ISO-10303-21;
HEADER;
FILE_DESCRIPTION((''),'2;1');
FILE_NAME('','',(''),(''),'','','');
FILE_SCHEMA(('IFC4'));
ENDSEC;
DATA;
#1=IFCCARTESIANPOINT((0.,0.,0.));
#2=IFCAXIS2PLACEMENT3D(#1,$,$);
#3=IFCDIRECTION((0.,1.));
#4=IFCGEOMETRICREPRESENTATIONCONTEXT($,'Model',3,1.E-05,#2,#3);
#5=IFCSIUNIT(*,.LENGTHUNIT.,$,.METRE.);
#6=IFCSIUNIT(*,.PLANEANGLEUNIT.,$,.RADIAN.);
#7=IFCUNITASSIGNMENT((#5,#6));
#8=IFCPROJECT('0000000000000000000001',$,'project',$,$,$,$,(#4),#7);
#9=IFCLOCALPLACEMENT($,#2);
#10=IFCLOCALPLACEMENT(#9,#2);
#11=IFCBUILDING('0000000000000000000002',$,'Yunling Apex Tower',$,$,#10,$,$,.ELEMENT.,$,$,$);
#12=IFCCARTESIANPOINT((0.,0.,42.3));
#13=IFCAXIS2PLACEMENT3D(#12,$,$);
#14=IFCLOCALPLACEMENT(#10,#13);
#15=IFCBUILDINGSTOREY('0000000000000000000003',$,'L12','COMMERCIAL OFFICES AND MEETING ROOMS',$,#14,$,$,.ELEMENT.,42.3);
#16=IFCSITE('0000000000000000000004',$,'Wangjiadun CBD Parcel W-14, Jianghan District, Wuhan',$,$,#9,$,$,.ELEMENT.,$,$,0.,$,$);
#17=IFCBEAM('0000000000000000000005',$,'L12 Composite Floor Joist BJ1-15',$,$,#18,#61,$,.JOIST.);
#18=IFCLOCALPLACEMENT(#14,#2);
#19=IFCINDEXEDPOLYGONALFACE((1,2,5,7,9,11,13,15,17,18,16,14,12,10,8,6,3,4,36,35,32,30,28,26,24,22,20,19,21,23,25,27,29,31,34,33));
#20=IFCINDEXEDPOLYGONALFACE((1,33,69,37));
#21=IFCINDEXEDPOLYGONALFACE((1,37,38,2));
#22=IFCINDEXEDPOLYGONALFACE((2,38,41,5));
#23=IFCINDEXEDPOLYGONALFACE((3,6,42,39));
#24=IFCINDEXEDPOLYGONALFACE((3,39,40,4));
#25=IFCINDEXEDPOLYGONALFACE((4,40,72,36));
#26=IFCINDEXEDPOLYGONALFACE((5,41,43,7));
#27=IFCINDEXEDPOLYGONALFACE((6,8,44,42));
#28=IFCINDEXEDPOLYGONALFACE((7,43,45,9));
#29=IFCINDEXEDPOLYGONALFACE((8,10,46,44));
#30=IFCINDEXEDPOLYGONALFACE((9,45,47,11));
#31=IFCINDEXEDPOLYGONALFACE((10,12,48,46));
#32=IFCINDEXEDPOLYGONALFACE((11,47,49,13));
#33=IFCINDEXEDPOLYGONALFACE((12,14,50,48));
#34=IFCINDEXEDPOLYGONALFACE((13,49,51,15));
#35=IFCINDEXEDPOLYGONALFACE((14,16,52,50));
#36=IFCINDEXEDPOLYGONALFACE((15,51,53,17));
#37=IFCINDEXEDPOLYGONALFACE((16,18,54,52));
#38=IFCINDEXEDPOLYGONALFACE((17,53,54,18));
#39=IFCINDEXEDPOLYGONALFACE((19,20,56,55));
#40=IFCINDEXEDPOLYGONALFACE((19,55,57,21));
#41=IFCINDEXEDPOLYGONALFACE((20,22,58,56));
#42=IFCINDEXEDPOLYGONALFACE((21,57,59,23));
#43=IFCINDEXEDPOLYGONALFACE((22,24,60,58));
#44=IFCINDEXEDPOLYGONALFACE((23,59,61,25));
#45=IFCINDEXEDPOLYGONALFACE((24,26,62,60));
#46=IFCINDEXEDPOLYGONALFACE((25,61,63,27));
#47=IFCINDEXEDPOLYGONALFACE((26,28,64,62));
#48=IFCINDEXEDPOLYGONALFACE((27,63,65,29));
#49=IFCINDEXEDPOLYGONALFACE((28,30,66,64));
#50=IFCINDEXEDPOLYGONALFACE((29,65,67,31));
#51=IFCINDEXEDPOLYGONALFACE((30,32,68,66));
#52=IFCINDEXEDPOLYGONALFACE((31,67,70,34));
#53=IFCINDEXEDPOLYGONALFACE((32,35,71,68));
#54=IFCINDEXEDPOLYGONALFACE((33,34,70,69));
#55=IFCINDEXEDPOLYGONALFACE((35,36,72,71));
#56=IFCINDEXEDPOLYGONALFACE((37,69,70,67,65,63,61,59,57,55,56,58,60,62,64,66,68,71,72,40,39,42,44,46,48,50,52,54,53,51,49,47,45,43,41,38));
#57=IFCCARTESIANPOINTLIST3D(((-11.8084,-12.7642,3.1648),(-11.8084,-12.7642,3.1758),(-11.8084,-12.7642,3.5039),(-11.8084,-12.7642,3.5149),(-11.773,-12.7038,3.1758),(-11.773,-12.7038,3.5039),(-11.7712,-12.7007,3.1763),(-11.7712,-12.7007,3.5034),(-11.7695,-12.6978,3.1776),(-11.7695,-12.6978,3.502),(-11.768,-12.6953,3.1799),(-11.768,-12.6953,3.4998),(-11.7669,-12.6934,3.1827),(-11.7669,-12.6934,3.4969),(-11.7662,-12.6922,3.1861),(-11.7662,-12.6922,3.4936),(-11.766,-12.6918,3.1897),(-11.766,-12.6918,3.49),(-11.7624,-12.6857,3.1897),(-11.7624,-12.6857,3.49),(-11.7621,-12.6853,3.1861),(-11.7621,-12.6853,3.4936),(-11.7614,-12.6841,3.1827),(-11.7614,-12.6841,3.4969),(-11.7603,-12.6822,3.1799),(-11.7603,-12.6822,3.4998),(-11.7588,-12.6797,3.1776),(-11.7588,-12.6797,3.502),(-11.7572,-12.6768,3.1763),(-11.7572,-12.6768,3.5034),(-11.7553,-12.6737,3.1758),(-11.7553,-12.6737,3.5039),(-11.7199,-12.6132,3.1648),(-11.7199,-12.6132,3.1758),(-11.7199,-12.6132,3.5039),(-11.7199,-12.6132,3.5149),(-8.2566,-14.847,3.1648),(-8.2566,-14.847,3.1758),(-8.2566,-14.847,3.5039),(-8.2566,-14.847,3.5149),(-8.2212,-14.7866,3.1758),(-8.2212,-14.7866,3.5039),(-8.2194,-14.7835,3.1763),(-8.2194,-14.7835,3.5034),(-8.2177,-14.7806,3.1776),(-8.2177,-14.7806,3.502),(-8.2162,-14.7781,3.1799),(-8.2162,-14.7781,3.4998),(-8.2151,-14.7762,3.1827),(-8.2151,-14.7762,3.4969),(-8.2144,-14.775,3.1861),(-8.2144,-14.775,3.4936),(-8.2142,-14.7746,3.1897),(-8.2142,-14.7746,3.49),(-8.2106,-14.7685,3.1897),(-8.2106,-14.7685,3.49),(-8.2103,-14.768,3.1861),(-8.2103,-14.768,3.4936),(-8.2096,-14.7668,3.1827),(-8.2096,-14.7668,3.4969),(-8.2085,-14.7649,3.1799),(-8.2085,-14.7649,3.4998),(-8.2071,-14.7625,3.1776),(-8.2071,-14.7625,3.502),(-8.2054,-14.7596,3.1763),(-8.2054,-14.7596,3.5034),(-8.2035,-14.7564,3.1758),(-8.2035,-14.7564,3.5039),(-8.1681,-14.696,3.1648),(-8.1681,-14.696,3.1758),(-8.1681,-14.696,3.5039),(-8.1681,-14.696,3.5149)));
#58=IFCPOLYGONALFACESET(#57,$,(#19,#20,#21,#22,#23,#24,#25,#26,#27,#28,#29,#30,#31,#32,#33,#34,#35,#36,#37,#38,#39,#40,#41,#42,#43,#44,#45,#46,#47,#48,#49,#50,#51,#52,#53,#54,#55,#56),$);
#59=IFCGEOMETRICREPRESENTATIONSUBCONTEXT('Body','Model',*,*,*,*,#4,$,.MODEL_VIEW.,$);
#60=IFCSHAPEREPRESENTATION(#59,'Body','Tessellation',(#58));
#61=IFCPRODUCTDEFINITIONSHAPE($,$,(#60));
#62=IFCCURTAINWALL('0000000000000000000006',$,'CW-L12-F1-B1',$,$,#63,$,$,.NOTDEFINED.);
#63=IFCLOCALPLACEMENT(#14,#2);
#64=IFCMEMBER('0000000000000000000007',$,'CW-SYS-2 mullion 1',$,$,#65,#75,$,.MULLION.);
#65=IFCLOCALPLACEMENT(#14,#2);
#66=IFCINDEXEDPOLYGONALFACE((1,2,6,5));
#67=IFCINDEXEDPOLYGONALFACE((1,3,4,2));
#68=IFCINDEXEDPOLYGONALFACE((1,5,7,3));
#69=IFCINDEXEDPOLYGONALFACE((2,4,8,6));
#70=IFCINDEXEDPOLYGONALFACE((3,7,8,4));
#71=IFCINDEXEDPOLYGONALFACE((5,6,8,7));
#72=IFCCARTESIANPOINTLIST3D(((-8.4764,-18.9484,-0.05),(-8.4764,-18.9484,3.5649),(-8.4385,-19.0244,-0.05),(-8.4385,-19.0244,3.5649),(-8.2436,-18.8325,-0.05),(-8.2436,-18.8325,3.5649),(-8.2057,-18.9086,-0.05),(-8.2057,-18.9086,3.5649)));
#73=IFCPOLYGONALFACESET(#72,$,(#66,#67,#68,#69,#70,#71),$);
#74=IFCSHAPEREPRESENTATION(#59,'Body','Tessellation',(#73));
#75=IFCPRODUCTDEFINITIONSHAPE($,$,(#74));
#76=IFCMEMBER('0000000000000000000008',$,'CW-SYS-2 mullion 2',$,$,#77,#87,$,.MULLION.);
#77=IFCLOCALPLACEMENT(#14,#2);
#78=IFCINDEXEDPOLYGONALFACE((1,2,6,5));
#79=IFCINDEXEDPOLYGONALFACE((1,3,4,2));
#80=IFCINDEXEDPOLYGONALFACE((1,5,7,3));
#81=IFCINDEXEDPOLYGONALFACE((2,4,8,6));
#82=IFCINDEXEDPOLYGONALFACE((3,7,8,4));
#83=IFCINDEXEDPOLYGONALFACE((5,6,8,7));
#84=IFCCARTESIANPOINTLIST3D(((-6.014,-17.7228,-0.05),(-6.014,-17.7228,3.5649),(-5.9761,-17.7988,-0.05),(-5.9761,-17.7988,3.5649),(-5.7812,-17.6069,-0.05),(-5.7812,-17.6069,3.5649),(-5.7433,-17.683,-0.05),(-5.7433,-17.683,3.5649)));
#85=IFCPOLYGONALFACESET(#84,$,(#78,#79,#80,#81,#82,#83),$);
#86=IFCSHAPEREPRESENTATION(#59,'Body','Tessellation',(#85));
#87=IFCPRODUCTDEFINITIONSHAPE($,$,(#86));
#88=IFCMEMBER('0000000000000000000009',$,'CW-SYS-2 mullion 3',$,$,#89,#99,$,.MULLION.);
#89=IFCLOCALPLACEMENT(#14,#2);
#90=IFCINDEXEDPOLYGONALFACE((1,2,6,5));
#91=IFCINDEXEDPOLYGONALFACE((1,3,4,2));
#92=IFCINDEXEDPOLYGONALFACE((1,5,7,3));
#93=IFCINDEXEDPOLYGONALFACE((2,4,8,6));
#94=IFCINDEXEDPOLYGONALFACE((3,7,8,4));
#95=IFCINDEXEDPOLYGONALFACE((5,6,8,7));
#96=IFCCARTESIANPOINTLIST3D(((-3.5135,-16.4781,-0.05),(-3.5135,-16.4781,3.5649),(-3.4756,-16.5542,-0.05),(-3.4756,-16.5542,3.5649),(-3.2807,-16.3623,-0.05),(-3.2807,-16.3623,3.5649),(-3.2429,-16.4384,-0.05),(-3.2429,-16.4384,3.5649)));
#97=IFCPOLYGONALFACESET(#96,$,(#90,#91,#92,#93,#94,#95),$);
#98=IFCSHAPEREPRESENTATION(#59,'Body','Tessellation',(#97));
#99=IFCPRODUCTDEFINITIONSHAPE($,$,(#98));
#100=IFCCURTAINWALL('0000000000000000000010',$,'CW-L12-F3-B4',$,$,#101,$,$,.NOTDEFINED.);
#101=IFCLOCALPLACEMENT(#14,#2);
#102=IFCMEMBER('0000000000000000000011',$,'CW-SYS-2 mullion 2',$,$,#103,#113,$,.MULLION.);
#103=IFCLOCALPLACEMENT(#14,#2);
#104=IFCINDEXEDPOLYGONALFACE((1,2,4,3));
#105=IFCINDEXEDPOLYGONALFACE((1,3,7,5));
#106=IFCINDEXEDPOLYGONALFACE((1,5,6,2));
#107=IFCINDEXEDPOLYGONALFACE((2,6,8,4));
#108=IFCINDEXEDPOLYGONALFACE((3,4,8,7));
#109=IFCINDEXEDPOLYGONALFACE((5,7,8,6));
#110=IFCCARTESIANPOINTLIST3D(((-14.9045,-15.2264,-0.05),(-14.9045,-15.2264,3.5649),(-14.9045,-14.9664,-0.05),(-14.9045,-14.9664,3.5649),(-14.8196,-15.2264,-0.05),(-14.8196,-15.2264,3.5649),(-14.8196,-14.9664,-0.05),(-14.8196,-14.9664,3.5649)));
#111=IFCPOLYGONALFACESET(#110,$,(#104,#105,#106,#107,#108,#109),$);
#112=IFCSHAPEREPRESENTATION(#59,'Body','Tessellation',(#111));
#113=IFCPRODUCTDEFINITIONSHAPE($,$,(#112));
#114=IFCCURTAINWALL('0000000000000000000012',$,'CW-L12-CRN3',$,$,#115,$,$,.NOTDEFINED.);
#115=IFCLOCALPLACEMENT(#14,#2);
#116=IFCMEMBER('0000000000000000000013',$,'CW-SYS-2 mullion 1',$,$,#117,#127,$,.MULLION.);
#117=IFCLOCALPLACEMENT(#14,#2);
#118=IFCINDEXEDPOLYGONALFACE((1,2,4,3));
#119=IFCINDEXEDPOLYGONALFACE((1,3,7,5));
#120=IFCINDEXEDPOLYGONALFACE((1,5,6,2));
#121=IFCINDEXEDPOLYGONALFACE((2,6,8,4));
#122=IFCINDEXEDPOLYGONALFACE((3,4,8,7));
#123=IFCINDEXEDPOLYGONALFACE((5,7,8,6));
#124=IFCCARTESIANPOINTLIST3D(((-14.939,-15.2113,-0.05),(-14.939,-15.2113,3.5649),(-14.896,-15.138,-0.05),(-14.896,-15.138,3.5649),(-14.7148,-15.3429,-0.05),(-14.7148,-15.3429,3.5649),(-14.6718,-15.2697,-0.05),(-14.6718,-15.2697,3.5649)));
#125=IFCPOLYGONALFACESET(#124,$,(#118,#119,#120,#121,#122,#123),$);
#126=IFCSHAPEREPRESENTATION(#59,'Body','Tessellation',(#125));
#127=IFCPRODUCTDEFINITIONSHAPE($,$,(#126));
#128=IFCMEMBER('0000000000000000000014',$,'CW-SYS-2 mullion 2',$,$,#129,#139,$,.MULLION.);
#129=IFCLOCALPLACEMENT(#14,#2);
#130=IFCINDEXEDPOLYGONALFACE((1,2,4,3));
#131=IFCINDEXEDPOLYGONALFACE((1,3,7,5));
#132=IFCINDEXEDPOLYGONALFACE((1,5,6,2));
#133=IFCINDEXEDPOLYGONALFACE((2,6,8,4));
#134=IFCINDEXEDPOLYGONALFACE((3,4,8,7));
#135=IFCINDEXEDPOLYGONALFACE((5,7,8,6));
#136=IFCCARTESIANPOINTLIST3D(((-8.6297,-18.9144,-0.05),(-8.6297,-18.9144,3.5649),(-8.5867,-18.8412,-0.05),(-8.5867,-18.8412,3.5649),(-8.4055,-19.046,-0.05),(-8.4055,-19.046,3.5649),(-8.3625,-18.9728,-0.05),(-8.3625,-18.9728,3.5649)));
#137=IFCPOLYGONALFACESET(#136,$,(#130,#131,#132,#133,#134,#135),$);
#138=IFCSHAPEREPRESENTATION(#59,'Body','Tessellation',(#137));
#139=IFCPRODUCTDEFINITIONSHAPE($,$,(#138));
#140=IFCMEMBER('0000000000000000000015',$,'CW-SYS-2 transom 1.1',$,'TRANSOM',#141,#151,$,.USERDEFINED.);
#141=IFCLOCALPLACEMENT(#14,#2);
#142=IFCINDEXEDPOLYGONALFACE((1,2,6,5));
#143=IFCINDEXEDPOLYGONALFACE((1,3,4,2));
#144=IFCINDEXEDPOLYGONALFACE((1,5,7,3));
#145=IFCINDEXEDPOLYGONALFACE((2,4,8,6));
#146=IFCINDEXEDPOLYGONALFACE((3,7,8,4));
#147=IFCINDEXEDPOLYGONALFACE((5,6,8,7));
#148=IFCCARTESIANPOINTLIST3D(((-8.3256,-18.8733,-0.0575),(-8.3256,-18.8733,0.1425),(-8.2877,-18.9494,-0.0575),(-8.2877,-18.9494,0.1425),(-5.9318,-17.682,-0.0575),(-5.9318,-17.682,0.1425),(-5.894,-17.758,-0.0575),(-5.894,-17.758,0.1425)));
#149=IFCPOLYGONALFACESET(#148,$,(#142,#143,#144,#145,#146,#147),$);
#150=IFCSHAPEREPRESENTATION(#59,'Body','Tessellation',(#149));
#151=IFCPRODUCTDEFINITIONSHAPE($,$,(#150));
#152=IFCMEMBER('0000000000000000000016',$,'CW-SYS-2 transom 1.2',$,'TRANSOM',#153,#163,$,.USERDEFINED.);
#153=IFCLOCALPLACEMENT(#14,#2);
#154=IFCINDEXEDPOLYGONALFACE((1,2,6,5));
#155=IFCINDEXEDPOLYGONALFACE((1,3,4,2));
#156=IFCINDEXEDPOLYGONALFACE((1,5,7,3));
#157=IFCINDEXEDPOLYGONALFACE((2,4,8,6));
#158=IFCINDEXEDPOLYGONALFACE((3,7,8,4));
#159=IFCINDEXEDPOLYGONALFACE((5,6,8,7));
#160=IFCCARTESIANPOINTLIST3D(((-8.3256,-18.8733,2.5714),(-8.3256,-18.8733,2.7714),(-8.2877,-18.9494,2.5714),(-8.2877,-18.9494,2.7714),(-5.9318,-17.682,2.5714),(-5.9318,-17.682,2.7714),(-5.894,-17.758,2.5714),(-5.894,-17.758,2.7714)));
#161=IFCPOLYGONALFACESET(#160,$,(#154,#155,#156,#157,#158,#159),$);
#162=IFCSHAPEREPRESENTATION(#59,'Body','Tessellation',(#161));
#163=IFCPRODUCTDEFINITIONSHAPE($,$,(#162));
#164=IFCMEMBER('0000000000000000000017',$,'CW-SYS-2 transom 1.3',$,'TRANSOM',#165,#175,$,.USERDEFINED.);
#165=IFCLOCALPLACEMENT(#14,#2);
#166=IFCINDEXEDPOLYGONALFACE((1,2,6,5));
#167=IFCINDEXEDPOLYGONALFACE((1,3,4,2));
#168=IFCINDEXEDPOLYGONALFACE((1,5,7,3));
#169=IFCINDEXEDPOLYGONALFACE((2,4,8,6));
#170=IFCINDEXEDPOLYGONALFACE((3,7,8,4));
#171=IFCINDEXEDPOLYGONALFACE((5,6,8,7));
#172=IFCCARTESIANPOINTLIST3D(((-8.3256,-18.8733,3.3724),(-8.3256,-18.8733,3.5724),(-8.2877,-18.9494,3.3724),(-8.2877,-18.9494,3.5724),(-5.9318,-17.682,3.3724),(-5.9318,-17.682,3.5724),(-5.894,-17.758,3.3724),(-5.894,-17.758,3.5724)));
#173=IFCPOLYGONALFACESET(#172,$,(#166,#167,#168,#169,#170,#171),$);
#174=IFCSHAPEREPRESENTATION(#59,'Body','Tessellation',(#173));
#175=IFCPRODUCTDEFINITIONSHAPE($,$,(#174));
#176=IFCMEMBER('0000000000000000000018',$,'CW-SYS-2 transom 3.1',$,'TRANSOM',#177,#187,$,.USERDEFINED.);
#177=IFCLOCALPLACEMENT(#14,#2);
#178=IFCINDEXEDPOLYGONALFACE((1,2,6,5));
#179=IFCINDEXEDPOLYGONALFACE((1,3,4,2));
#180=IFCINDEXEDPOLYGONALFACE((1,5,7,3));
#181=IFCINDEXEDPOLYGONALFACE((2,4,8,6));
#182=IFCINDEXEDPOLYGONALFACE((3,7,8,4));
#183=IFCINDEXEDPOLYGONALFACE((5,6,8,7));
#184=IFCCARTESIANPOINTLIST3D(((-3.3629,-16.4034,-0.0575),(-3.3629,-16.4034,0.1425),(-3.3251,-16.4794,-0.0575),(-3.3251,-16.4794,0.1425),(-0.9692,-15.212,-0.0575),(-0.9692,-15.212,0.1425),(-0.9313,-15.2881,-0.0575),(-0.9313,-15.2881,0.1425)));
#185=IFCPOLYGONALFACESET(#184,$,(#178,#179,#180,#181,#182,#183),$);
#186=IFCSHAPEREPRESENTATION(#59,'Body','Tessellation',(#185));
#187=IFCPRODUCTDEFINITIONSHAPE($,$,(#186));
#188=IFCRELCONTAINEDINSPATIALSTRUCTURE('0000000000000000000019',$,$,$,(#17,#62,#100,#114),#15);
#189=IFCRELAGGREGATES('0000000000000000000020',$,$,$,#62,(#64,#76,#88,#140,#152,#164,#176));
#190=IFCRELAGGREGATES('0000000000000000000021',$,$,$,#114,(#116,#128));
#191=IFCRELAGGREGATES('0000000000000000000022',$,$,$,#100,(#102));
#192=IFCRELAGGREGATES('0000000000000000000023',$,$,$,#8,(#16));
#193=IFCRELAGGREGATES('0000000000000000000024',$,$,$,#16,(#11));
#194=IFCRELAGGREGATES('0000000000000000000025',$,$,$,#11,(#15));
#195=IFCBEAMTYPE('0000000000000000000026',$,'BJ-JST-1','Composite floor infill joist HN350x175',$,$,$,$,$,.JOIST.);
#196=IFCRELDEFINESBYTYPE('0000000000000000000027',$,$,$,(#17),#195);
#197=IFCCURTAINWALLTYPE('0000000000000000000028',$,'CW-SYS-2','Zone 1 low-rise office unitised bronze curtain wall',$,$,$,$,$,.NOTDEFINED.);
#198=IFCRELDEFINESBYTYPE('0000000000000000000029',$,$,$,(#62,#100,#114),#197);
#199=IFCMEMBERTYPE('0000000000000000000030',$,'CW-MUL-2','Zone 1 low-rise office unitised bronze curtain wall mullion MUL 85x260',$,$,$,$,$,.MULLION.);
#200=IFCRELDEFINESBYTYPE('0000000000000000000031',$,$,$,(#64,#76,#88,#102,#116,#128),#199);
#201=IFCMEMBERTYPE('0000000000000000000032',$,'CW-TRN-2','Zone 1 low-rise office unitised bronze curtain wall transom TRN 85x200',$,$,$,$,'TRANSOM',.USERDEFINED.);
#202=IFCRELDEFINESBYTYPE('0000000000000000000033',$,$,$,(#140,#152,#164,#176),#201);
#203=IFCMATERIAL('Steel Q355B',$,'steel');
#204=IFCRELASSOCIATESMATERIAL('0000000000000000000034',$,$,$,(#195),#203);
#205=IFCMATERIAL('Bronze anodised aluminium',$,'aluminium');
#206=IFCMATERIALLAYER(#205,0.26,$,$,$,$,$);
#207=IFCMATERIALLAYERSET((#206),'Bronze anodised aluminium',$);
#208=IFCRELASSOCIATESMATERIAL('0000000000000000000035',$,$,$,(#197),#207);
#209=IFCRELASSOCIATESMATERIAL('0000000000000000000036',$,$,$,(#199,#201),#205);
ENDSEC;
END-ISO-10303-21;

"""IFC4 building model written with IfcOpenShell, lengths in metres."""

from ifc_helpers import new_model, si_unit, direction, frame, origin, origin_2d, place, context, subcontext, project, spatial, rectangle, i_section, extrude, source, transform, mapped, material, layer, layer_set, material_profile, profile_set, type_object, element, aggregate, save


model = new_model("IFC4")

# Units and contexts
model_context = context("Model", 3, precision=1e-05, world=origin(), true_north=direction((0.0, 1.0)))
body_context = subcontext(model_context, "Body", "Model", "MODEL_VIEW")
ifc_project = project(units=[si_unit("LENGTHUNIT", "METRE"), si_unit("PLANEANGLEUNIT", "RADIAN")], contexts=[model_context])

# Site, building, storey
site_placement = place(None, origin())
site = spatial("IfcSite", under=ifc_project, at=site_placement, Name="Wangjiadun CBD Parcel W-14, Jianghan District, Wuhan", CompositionType="ELEMENT", RefElevation=0.0)
building_placement = place(site_placement, origin())
building = spatial("IfcBuilding", under=site, at=building_placement, Name="Yunling Apex Tower", CompositionType="ELEMENT")
storey_placement = place(building_placement, frame((0.0, 0.0, 42.3)))
storey = spatial("IfcBuildingStorey", under=building, at=storey_placement, Name="L12", Description="COMMERCIAL OFFICES AND MEETING ROOMS", CompositionType="ELEMENT", Elevation=42.3)

# Beam
ifc_material_1 = material(Name="Steel Q355B", Category="steel")
ifc_material_profile_1 = material_profile(ifc_material_1, i_section(OverallWidth=0.175, OverallDepth=0.3501, WebThickness=0.0071, FlangeThickness=0.011, FilletRadius=0.0139, at=origin_2d()))
ifc_profile_set_1 = profile_set([ifc_material_profile_1], Name="Steel Q355B")
beam_type_1 = type_object("IfcBeamType", Name="BJ-JST-1", Description="Composite floor infill joist HN350x175", PredefinedType="JOIST", material=ifc_profile_set_1)
shared_shape_1 = source(origin(), body_context, "Body", "SweptSolid", [
    extrude(i_section(OverallWidth=0.175, OverallDepth=0.3501, WebThickness=0.0071, FlangeThickness=0.011, FilletRadius=0.0139, at=origin_2d()), origin(), (0.0, 0.0, 1.0), 4.1174),
])
beam_1_placement = place(storey_placement, frame((-11.7642, -12.6887, 3.3398), z_axis=(0.862624, -0.505846, 0.0), x_axis=(0.505846, 0.862624, 0.0)))
element("IfcBeam", 1, at=beam_1_placement, inside=storey, type_object=beam_type_1, Name="L12 Composite Floor Joist BJ1-15", PredefinedType="JOIST", context=body_context, shape_type="MappedRepresentation", body=[
    mapped(shared_shape_1, transform((0.0, 0.0, 0.0), scale=1.0)),
])

# Curtain wall, members
ifc_material_2 = material(Name="Bronze anodised aluminium", Category="aluminium")
ifc_layer_1 = layer(ifc_material_2, 0.26)
ifc_layer_set_1 = layer_set([ifc_layer_1], Name="Bronze anodised aluminium")
curtain_wall_type = type_object("IfcCurtainWallType", Name="CW-SYS-2", Description="Zone 1 low-rise office unitised bronze curtain wall", PredefinedType="NOTDEFINED", material=ifc_layer_set_1)
curtain_wall_1_placement = place(storey_placement, origin())
curtain_wall_1 = element("IfcCurtainWall", 2, at=curtain_wall_1_placement, inside=storey, type_object=curtain_wall_type, Name="CW-L12-F1-B1", PredefinedType="NOTDEFINED")
ifc_material_profile_2 = material_profile(ifc_material_2, rectangle(XDim=0.085, YDim=0.26, at=origin_2d()))
ifc_profile_set_2 = profile_set([ifc_material_profile_2], Name="Bronze anodised aluminium")
member_type_1 = type_object("IfcMemberType", Name="CW-MUL-2", Description="Zone 1 low-rise office unitised bronze curtain wall mullion MUL 85x260", PredefinedType="MULLION", material=ifc_profile_set_2)
shared_shape_2 = source(origin(), body_context, "Body", "SweptSolid", [
    extrude(rectangle(XDim=0.085, YDim=0.26, at=origin_2d()), origin(), (0.0, 0.0, 1.0), 3.615),
])
member_1_placement = place(storey_placement, frame((-8.3411, -18.9285, -0.05), z_axis=(0.0, 0.0, 1.0), x_axis=(-0.445571, 0.895247, 0.0)))
member_1 = element("IfcMember", 3, at=member_1_placement, type_object=member_type_1, Name="CW-SYS-2 mullion 1", PredefinedType="MULLION", context=body_context, shape_type="MappedRepresentation", body=[
    mapped(shared_shape_2, transform((0.0, 0.0, 0.0), scale=1.0)),
])
member_2_placement = place(storey_placement, frame((-5.8787, -17.7029, -0.05), z_axis=(0.0, 0.0, 1.0), x_axis=(-0.445571, 0.895247, 0.0)))
member_2 = element("IfcMember", 4, at=member_2_placement, type_object=member_type_1, Name="CW-SYS-2 mullion 2", PredefinedType="MULLION", context=body_context, shape_type="MappedRepresentation", body=[
    mapped(shared_shape_2, transform((0.0, 0.0, 0.0), scale=1.0)),
])
member_3_placement = place(storey_placement, frame((-3.3782, -16.4583, -0.05), z_axis=(0.0, 0.0, 1.0), x_axis=(-0.445571, 0.895247, 0.0)))
member_3 = element("IfcMember", 5, at=member_3_placement, type_object=member_type_1, Name="CW-SYS-2 mullion 3", PredefinedType="MULLION", context=body_context, shape_type="MappedRepresentation", body=[
    mapped(shared_shape_2, transform((0.0, 0.0, 0.0), scale=1.0)),
])

# Curtain wall, member
curtain_wall_2_placement = place(storey_placement, origin())
curtain_wall_2 = element("IfcCurtainWall", 6, at=curtain_wall_2_placement, inside=storey, type_object=curtain_wall_type, Name="CW-L12-F3-B4", PredefinedType="NOTDEFINED")
member_4_placement = place(storey_placement, frame((-14.8621, -15.0964, -0.05), z_axis=(0.0, 0.0, 1.0), x_axis=(1.0, 0.0, 0.0)))
member_4 = element("IfcMember", 7, at=member_4_placement, type_object=member_type_1, Name="CW-SYS-2 mullion 2", PredefinedType="MULLION", context=body_context, shape_type="MappedRepresentation", body=[
    mapped(shared_shape_2, transform((0.0, 0.0, 0.0), scale=1.0)),
])

# Curtain wall, members
curtain_wall_3_placement = place(storey_placement, origin())
curtain_wall_3 = element("IfcCurtainWall", 8, at=curtain_wall_3_placement, inside=storey, type_object=curtain_wall_type, Name="CW-L12-CRN3", PredefinedType="NOTDEFINED")
member_5_placement = place(storey_placement, frame((-14.8054, -15.2405, -0.05), z_axis=(0.0, 0.0, 1.0), x_axis=(0.506196, 0.862419, 0.0)))
member_5 = element("IfcMember", 9, at=member_5_placement, type_object=member_type_1, Name="CW-SYS-2 mullion 1", PredefinedType="MULLION", context=body_context, shape_type="MappedRepresentation", body=[
    mapped(shared_shape_2, transform((0.0, 0.0, 0.0), scale=1.0)),
])
member_6_placement = place(storey_placement, frame((-8.4961, -18.9436, -0.05), z_axis=(0.0, 0.0, 1.0), x_axis=(0.506196, 0.862419, 0.0)))
member_6 = element("IfcMember", 10, at=member_6_placement, type_object=member_type_1, Name="CW-SYS-2 mullion 2", PredefinedType="MULLION", context=body_context, shape_type="MappedRepresentation", body=[
    mapped(shared_shape_2, transform((0.0, 0.0, 0.0), scale=1.0)),
])

# Members
ifc_material_profile_3 = material_profile(ifc_material_2, rectangle(XDim=0.085, YDim=0.2, at=origin_2d()))
ifc_profile_set_3 = profile_set([ifc_material_profile_3], Name="Bronze anodised aluminium")
member_type_2 = type_object("IfcMemberType", Name="CW-TRN-2", Description="Zone 1 low-rise office unitised bronze curtain wall transom TRN 85x200", ElementType="TRANSOM", PredefinedType="USERDEFINED", material=ifc_profile_set_3)
shared_shape_3 = source(origin(), body_context, "Body", "SweptSolid", [
    extrude(rectangle(XDim=0.085, YDim=0.2, at=origin_2d()), origin(), (0.0, 0.0, 1.0), 2.6738),
])
member_7_placement = place(storey_placement, frame((-8.3066, -18.9114, 0.0425), z_axis=(0.895247, 0.445569, 0.0), x_axis=(-0.445569, 0.895247, 0.0)))
member_7 = element("IfcMember", 11, at=member_7_placement, type_object=member_type_2, Name="CW-SYS-2 transom 1.1", ObjectType="TRANSOM", PredefinedType="USERDEFINED", context=body_context, shape_type="MappedRepresentation", body=[
    mapped(shared_shape_3, transform((0.0, 0.0, 0.0), scale=1.0)),
])
member_8_placement = place(storey_placement, frame((-8.3066, -18.9114, 2.6714), z_axis=(0.895247, 0.445569, 0.0), x_axis=(-0.445569, 0.895247, 0.0)))
member_8 = element("IfcMember", 12, at=member_8_placement, type_object=member_type_2, Name="CW-SYS-2 transom 1.2", ObjectType="TRANSOM", PredefinedType="USERDEFINED", context=body_context, shape_type="MappedRepresentation", body=[
    mapped(shared_shape_3, transform((0.0, 0.0, 0.0), scale=1.0)),
])
member_9_placement = place(storey_placement, frame((-8.3066, -18.9114, 3.4724), z_axis=(0.895247, 0.445569, 0.0), x_axis=(-0.445569, 0.895247, 0.0)))
member_9 = element("IfcMember", 13, at=member_9_placement, type_object=member_type_2, Name="CW-SYS-2 transom 1.3", ObjectType="TRANSOM", PredefinedType="USERDEFINED", context=body_context, shape_type="MappedRepresentation", body=[
    mapped(shared_shape_3, transform((0.0, 0.0, 0.0), scale=1.0)),
])
member_10_placement = place(storey_placement, frame((-3.344, -16.4414, 0.0425), z_axis=(0.895247, 0.445569, 0.0), x_axis=(-0.445569, 0.895247, 0.0)))
member_10 = element("IfcMember", 14, at=member_10_placement, type_object=member_type_2, Name="CW-SYS-2 transom 3.1", ObjectType="TRANSOM", PredefinedType="USERDEFINED", context=body_context, shape_type="MappedRepresentation", body=[
    mapped(shared_shape_3, transform((0.0, 0.0, 0.0), scale=1.0)),
])

aggregate(curtain_wall_1, [member_1, member_2, member_3, member_7, member_8, member_9, member_10])
aggregate(curtain_wall_3, [member_5, member_6])
aggregate(curtain_wall_2, [member_4])

save(model, "model.ifc")
